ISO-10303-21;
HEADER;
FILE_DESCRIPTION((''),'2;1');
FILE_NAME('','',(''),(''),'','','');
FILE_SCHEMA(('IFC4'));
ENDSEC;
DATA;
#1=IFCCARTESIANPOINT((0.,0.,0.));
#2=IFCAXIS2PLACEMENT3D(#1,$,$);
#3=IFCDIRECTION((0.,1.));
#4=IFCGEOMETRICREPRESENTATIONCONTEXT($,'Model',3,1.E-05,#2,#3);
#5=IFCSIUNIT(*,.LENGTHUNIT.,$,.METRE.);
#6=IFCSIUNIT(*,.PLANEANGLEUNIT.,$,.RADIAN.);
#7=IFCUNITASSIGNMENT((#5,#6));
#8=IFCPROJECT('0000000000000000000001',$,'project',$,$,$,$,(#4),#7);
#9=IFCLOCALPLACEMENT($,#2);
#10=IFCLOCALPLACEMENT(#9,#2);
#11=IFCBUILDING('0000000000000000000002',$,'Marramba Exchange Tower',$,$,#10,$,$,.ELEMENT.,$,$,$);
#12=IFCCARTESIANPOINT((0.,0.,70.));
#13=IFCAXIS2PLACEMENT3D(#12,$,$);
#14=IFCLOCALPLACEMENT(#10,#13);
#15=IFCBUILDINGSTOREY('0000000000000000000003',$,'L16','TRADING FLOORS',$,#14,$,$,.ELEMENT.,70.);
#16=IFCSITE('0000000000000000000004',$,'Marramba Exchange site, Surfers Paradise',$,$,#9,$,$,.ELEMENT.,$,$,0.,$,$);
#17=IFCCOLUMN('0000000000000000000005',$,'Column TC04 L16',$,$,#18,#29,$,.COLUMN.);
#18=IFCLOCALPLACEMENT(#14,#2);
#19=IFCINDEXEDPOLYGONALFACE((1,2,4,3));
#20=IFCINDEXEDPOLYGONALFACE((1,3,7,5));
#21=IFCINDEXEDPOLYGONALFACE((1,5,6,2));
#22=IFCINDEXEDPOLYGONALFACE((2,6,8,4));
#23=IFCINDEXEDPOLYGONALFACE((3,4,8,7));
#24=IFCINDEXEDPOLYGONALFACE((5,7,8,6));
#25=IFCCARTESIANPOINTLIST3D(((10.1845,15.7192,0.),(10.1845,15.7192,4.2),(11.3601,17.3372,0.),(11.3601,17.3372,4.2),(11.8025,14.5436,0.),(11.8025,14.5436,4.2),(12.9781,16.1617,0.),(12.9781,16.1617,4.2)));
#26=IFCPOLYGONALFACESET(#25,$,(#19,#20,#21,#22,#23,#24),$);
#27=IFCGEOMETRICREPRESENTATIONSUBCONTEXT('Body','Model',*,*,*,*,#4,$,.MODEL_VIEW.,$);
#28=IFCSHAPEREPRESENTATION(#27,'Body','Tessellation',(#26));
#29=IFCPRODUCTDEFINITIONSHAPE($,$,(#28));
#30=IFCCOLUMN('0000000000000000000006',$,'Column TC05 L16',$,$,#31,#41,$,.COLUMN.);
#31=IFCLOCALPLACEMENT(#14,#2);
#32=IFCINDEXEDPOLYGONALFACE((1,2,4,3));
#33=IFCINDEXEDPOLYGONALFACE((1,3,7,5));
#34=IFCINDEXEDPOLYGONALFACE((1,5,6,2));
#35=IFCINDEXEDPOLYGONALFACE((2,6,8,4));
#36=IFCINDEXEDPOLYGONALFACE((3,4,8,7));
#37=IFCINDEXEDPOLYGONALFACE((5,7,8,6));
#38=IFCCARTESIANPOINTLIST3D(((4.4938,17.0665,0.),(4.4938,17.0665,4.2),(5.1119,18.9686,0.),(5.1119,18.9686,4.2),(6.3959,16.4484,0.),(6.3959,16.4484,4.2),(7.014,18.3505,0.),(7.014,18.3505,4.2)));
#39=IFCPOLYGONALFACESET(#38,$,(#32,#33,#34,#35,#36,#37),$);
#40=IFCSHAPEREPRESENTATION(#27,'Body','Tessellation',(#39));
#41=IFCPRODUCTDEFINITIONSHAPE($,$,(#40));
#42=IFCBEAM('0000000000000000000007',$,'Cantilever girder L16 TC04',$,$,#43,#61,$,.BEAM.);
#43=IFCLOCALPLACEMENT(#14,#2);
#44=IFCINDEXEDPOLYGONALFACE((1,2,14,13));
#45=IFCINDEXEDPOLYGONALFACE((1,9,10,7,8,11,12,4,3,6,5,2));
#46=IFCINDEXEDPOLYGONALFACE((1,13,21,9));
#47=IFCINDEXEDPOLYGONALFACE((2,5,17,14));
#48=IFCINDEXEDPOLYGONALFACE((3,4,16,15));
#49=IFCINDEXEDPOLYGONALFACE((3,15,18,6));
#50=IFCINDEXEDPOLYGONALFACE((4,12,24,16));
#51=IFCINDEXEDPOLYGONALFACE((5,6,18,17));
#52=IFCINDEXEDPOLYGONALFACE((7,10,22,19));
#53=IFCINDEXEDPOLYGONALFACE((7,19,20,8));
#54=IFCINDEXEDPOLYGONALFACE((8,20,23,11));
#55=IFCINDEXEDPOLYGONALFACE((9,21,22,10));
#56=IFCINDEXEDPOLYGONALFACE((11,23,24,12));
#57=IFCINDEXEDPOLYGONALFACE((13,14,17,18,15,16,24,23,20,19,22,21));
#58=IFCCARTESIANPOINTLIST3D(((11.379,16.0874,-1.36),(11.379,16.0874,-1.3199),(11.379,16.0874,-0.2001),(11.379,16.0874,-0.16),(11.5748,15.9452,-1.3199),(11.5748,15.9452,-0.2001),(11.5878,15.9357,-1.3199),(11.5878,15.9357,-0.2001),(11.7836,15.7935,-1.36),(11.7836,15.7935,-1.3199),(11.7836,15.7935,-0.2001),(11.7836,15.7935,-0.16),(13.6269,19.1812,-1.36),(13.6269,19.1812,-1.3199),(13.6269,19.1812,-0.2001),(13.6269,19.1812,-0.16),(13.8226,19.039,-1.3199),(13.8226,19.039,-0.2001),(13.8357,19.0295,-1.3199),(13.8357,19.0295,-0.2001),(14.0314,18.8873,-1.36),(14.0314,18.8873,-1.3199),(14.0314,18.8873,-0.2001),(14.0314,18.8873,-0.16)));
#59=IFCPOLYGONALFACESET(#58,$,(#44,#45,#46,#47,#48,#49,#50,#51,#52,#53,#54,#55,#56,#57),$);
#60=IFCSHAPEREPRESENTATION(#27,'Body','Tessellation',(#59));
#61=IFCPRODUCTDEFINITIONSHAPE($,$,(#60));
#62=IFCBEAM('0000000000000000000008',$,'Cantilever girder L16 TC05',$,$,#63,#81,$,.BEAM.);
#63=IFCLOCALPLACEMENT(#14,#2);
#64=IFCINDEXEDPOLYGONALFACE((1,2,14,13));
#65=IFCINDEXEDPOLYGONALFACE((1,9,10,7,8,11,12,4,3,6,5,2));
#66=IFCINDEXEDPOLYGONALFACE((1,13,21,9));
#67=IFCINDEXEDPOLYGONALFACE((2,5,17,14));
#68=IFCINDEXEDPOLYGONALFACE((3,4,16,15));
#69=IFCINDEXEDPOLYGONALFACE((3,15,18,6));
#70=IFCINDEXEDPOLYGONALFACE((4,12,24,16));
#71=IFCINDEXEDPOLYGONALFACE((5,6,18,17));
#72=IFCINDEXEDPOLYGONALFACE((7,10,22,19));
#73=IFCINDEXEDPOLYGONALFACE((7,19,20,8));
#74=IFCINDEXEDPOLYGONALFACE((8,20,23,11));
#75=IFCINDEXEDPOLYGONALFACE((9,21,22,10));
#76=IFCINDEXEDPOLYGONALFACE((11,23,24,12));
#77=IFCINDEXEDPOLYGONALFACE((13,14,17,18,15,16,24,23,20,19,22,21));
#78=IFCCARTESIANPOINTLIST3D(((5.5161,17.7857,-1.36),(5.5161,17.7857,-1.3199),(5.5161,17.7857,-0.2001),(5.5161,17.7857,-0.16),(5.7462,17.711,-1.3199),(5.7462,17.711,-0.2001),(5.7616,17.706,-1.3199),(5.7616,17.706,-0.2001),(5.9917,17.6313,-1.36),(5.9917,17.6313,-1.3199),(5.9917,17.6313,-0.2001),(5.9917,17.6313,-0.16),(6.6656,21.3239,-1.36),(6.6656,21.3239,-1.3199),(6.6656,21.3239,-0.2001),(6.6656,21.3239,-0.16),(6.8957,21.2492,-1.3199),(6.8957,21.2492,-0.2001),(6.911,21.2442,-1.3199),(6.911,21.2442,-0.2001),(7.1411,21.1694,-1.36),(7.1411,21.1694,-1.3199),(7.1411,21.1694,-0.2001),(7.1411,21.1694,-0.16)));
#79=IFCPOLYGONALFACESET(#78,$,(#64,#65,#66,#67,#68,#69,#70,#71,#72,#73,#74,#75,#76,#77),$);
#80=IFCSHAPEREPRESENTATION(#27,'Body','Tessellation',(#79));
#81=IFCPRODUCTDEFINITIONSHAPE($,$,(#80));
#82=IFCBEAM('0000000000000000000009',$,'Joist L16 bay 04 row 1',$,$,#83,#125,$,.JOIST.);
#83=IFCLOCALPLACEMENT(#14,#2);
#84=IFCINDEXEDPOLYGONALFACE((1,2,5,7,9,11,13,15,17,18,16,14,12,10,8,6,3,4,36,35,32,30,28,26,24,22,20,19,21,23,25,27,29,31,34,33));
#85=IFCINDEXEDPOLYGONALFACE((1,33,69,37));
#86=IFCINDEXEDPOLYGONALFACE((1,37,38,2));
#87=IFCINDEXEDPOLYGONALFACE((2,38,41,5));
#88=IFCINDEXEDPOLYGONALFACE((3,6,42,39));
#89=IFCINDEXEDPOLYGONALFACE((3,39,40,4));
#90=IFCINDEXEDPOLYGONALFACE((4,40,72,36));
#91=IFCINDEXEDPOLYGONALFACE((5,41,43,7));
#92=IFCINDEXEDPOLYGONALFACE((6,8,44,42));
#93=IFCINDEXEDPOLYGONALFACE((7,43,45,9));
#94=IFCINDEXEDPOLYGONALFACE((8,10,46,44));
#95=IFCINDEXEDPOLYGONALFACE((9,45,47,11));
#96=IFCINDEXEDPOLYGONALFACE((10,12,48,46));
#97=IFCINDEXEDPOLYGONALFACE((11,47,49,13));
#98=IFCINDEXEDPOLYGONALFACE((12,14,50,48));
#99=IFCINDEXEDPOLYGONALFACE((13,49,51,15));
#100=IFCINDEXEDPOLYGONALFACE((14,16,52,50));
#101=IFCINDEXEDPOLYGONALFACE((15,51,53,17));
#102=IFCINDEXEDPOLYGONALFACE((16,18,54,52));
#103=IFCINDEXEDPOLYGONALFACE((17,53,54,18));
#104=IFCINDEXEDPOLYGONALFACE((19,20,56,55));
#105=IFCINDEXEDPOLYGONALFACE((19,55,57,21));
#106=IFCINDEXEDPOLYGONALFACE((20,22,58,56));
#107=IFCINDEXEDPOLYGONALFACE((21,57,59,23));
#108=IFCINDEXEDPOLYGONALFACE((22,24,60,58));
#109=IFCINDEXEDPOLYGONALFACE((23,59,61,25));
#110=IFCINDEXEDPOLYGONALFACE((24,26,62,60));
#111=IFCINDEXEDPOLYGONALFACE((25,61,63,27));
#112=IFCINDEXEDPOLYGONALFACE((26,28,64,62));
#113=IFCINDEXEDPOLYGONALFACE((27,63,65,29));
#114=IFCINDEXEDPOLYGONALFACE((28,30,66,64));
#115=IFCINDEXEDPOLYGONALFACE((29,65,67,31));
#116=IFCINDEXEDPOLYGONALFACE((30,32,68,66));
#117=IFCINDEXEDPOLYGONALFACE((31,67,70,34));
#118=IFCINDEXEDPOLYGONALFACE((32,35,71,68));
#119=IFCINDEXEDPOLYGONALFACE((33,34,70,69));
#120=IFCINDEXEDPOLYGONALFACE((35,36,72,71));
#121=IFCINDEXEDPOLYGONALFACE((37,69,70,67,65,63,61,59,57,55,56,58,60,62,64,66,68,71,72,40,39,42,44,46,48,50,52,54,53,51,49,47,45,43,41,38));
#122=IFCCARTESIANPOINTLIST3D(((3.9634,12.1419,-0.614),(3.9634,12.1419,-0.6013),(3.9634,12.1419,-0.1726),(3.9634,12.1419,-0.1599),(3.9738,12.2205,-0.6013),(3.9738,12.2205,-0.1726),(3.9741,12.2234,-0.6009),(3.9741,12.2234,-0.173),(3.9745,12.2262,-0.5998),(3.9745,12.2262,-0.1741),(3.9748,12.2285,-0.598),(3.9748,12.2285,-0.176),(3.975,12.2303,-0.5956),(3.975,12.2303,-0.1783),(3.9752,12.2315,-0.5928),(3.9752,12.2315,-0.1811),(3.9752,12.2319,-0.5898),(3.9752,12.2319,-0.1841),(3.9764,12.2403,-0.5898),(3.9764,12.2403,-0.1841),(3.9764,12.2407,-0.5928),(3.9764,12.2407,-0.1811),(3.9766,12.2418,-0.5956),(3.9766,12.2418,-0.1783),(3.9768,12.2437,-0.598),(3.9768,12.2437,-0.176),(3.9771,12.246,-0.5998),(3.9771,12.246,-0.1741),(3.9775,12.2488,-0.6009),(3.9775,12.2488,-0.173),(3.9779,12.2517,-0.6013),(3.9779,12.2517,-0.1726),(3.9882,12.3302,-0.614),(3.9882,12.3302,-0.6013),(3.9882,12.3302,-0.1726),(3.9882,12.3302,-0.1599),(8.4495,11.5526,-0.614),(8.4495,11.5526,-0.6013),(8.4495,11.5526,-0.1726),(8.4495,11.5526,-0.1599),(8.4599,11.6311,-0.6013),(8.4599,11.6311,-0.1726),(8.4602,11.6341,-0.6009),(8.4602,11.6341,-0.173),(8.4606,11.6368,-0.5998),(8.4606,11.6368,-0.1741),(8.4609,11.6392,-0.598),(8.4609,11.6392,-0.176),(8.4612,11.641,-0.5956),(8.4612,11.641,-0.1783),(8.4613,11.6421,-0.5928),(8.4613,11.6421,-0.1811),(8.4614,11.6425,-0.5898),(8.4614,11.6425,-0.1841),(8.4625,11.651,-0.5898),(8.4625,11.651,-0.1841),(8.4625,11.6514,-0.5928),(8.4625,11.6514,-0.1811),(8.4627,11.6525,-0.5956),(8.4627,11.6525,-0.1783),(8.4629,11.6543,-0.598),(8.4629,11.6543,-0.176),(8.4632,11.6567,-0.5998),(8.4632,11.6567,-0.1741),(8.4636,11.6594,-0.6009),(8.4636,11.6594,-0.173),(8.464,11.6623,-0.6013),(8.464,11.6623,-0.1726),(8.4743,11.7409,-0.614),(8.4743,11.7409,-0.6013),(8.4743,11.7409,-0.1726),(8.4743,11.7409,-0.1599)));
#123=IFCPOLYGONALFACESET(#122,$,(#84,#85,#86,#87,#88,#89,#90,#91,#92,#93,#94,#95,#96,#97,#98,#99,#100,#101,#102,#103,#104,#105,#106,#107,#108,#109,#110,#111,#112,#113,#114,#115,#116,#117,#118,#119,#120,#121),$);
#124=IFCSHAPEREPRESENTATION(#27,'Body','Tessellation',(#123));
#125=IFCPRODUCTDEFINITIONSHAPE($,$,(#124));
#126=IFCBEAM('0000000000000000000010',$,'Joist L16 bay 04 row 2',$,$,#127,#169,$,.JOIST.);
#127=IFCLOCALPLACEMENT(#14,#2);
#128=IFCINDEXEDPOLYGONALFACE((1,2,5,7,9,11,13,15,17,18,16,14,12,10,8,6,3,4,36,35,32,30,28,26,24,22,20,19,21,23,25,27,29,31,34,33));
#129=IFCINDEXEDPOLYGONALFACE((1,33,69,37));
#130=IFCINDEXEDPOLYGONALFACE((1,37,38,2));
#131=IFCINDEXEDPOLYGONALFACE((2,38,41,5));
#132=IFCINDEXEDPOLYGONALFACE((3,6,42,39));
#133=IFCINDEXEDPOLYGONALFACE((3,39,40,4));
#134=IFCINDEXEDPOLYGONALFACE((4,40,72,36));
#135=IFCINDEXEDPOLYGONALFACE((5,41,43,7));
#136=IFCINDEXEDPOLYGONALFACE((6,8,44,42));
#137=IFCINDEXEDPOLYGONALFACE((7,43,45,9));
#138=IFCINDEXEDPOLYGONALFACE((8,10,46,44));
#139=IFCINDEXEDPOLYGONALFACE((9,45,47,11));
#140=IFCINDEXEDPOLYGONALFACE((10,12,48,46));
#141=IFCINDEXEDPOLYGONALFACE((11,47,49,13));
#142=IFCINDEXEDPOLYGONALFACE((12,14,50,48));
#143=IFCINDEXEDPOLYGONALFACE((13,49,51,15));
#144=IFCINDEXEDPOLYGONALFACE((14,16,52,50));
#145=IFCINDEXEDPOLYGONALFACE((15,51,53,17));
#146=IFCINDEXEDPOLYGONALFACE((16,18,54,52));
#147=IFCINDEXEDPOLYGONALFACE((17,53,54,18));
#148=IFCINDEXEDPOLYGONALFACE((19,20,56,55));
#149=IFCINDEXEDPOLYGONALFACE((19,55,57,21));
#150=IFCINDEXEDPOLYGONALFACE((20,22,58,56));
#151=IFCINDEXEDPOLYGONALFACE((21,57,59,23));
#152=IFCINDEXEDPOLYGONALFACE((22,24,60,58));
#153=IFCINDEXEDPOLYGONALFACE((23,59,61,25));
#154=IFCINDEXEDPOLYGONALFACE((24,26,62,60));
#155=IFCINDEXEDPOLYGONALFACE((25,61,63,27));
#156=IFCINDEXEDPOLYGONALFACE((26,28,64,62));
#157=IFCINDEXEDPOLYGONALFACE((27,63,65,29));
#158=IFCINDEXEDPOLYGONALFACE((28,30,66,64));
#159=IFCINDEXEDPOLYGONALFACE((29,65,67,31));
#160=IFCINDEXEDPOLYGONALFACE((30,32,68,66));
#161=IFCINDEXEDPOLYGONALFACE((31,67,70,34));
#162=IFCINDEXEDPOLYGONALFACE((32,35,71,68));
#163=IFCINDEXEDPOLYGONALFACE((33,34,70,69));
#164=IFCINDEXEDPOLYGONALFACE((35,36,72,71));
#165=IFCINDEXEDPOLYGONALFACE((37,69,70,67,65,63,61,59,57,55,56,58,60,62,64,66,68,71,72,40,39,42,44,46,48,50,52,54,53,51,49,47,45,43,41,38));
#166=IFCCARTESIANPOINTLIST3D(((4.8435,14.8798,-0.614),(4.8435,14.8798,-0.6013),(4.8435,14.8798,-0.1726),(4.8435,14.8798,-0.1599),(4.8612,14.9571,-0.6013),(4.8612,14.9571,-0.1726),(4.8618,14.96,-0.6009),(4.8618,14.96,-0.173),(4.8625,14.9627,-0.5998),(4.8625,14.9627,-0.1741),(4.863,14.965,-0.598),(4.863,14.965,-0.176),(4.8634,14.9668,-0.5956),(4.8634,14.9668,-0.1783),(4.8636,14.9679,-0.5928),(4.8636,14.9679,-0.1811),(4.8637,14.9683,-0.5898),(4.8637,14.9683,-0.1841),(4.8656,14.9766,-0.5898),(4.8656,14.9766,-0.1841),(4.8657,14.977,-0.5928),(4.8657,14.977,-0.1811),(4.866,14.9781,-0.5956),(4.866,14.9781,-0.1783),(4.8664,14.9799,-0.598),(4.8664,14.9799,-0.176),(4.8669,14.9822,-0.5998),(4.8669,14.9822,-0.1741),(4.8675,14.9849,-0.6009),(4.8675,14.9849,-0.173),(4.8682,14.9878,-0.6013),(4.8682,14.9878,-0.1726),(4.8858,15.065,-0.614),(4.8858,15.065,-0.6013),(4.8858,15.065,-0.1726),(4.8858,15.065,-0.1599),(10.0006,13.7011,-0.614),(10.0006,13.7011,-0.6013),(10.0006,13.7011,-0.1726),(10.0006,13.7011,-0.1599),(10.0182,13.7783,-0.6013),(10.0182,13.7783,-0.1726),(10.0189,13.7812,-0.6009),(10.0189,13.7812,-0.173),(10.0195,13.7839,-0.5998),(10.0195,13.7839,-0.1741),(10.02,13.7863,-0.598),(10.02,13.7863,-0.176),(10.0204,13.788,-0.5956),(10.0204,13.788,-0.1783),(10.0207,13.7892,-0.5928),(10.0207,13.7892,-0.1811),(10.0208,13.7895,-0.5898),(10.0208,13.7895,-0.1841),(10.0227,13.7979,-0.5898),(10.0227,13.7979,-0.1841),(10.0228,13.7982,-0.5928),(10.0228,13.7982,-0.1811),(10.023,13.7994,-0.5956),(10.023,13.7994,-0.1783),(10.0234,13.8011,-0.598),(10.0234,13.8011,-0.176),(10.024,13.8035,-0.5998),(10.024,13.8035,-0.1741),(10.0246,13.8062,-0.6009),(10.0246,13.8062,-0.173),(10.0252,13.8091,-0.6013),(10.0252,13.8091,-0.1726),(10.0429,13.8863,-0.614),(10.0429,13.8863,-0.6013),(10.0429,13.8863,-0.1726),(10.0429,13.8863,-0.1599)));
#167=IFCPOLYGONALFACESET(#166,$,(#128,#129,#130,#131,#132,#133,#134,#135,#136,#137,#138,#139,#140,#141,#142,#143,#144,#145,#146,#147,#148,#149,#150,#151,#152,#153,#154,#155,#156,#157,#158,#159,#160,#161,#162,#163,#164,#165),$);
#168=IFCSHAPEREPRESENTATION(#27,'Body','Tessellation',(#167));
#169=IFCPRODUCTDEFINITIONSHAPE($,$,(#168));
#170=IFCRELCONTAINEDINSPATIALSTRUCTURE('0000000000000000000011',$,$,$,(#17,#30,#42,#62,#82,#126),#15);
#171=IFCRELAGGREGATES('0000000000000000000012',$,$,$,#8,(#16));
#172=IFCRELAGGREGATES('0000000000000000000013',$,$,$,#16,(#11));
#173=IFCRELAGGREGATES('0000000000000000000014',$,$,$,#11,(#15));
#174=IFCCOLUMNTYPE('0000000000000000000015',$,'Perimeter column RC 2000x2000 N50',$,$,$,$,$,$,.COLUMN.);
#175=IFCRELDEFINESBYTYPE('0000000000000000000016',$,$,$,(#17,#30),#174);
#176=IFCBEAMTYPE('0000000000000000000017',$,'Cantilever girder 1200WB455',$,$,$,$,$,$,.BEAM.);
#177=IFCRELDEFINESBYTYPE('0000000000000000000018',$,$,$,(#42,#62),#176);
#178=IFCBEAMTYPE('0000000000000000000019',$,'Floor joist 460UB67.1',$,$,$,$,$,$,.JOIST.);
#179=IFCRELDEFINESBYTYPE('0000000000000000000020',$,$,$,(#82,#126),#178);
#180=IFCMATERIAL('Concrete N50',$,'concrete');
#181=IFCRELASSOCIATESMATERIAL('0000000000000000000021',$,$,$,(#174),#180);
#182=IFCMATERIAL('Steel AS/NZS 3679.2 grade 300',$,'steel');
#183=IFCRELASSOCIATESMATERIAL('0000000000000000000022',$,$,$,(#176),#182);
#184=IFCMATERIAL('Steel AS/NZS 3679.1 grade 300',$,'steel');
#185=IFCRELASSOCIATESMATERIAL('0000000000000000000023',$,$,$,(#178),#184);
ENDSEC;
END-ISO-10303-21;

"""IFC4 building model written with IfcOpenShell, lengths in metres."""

from ifc_helpers import new_model, si_unit, direction, frame, origin, origin_2d, place, context, subcontext, project, spatial, rectangle, i_section, extrude, material, material_profile, profile_set, type_object, element, save


model = new_model("IFC4")

# Units and contexts
model_context = context("Model", 3, precision=1e-05, world=origin(), true_north=direction((0.0, 1.0)))
body_context = subcontext(model_context, "Body", "Model", "MODEL_VIEW")
ifc_project = project(units=[si_unit("LENGTHUNIT", "METRE"), si_unit("PLANEANGLEUNIT", "RADIAN")], contexts=[model_context])

# Site, building, storey
site_placement = place(None, origin())
site = spatial("IfcSite", under=ifc_project, at=site_placement, Name="Marramba Exchange site, Surfers Paradise", CompositionType="ELEMENT", RefElevation=0.0)
building_placement = place(site_placement, origin())
building = spatial("IfcBuilding", under=site, at=building_placement, Name="Marramba Exchange Tower", CompositionType="ELEMENT")
storey_placement = place(building_placement, frame((0.0, 0.0, 70.0)))
storey = spatial("IfcBuildingStorey", under=building, at=storey_placement, Name="L16", Description="TRADING FLOORS", CompositionType="ELEMENT", Elevation=70.0)

# Columns
ifc_material_1 = material(Name="Concrete N50", Category="concrete")
ifc_material_profile_1 = material_profile(ifc_material_1, rectangle(XDim=2.0, YDim=2.0, at=origin_2d()), Name="RC 2000x2000")
ifc_profile_set_1 = profile_set([ifc_material_profile_1], Name="Concrete N50")
column_type = type_object("IfcColumnType", Name="Perimeter column RC 2000x2000 N50", PredefinedType="COLUMN", material=ifc_profile_set_1)
for number, where, z_axis, x_axis, name in (
    (1, (11.5813, 15.9404, 0.0), (0.0, 0.0, 1.0), (0.587785, 0.809017, 0.0), "Column TC04 L16"),
    (2, (5.7539, 17.7085, 0.0), (0.0, 0.0, 1.0), (0.309017, 0.951057, 0.0), "Column TC05 L16"),
):
    element("IfcColumn", number, at=place(storey_placement, frame(where, z_axis=z_axis, x_axis=x_axis)), inside=storey, type_object=column_type, Name=name, PredefinedType="COLUMN", context=body_context, shape_type="SweptSolid", body=[
        extrude(rectangle(XDim=2.0, YDim=2.0, at=origin_2d()), origin(), (0.0, 0.0, 1.0), 4.2),
    ])

# Beams
ifc_material_2 = material(Name="Steel AS/NZS 3679.2 grade 300", Category="steel")
ifc_material_profile_2 = material_profile(ifc_material_2, i_section(OverallWidth=0.5, OverallDepth=1.2, WebThickness=0.0161, FlangeThickness=0.04, at=origin_2d()), Name="1200WB455")
ifc_profile_set_2 = profile_set([ifc_material_profile_2], Name="Steel AS/NZS 3679.2 grade 300")
beam_type_1 = type_object("IfcBeamType", Name="Cantilever girder 1200WB455", PredefinedType="BEAM", material=ifc_profile_set_2)
beam_1_placement = place(storey_placement, frame((11.5813, 15.9404, -0.76), z_axis=(0.587796, 0.809009, 0.0), x_axis=(-0.809009, 0.587796, 0.0)))
element("IfcBeam", 3, at=beam_1_placement, inside=storey, type_object=beam_type_1, Name="Cantilever girder L16 TC04", PredefinedType="BEAM", context=body_context, shape_type="SweptSolid", body=[
    extrude(i_section(OverallWidth=0.5, OverallDepth=1.2, WebThickness=0.0161, FlangeThickness=0.04, at=origin_2d()), origin(), (0.0, 0.0, 1.0), 3.8242),
])
beam_2_placement = place(storey_placement, frame((5.7539, 17.7085, -0.76), z_axis=(0.308973, 0.951071, 0.0), x_axis=(-0.951071, 0.308973, 0.0)))
element("IfcBeam", 4, at=beam_2_placement, inside=storey, type_object=beam_type_1, Name="Cantilever girder L16 TC05", PredefinedType="BEAM", context=body_context, shape_type="SweptSolid", body=[
    extrude(i_section(OverallWidth=0.5, OverallDepth=1.2, WebThickness=0.0161, FlangeThickness=0.04, at=origin_2d()), origin(), (0.0, 0.0, 1.0), 3.7202),
])
ifc_material_3 = material(Name="Steel AS/NZS 3679.1 grade 300", Category="steel")
ifc_material_profile_3 = material_profile(ifc_material_3, i_section(OverallWidth=0.1899, OverallDepth=0.4541, WebThickness=0.0085, FlangeThickness=0.0127, FilletRadius=0.0115, at=origin_2d()), Name="460UB67.1")
ifc_profile_set_3 = profile_set([ifc_material_profile_3], Name="Steel AS/NZS 3679.1 grade 300")
beam_type_2 = type_object("IfcBeamType", Name="Floor joist 460UB67.1", PredefinedType="JOIST", material=ifc_profile_set_3)
beam_3_placement = place(storey_placement, frame((8.4619, 11.6467, -0.387), z_axis=(-0.991481, 0.130255, 0.0), x_axis=(-0.130255, -0.991481, 0.0)))
element("IfcBeam", 5, at=beam_3_placement, inside=storey, type_object=beam_type_2, Name="Joist L16 bay 04 row 1", PredefinedType="JOIST", context=body_context, shape_type="SweptSolid", body=[
    extrude(i_section(OverallWidth=0.1899, OverallDepth=0.4541, WebThickness=0.0085, FlangeThickness=0.0127, FilletRadius=0.0115, at=origin_2d()), origin(), (0.0, 0.0, 1.0), 4.5247),
])
beam_4_placement = place(storey_placement, frame((10.0217, 13.7937, -0.387), z_axis=(-0.97486, 0.22282, 0.0), x_axis=(-0.22282, -0.97486, 0.0)))
element("IfcBeam", 6, at=beam_4_placement, inside=storey, type_object=beam_type_2, Name="Joist L16 bay 04 row 2", PredefinedType="JOIST", context=body_context, shape_type="SweptSolid", body=[
    extrude(i_section(OverallWidth=0.1899, OverallDepth=0.4541, WebThickness=0.0085, FlangeThickness=0.0127, FilletRadius=0.0115, at=origin_2d()), origin(), (0.0, 0.0, 1.0), 5.29),
])

save(model, "model.ifc")
